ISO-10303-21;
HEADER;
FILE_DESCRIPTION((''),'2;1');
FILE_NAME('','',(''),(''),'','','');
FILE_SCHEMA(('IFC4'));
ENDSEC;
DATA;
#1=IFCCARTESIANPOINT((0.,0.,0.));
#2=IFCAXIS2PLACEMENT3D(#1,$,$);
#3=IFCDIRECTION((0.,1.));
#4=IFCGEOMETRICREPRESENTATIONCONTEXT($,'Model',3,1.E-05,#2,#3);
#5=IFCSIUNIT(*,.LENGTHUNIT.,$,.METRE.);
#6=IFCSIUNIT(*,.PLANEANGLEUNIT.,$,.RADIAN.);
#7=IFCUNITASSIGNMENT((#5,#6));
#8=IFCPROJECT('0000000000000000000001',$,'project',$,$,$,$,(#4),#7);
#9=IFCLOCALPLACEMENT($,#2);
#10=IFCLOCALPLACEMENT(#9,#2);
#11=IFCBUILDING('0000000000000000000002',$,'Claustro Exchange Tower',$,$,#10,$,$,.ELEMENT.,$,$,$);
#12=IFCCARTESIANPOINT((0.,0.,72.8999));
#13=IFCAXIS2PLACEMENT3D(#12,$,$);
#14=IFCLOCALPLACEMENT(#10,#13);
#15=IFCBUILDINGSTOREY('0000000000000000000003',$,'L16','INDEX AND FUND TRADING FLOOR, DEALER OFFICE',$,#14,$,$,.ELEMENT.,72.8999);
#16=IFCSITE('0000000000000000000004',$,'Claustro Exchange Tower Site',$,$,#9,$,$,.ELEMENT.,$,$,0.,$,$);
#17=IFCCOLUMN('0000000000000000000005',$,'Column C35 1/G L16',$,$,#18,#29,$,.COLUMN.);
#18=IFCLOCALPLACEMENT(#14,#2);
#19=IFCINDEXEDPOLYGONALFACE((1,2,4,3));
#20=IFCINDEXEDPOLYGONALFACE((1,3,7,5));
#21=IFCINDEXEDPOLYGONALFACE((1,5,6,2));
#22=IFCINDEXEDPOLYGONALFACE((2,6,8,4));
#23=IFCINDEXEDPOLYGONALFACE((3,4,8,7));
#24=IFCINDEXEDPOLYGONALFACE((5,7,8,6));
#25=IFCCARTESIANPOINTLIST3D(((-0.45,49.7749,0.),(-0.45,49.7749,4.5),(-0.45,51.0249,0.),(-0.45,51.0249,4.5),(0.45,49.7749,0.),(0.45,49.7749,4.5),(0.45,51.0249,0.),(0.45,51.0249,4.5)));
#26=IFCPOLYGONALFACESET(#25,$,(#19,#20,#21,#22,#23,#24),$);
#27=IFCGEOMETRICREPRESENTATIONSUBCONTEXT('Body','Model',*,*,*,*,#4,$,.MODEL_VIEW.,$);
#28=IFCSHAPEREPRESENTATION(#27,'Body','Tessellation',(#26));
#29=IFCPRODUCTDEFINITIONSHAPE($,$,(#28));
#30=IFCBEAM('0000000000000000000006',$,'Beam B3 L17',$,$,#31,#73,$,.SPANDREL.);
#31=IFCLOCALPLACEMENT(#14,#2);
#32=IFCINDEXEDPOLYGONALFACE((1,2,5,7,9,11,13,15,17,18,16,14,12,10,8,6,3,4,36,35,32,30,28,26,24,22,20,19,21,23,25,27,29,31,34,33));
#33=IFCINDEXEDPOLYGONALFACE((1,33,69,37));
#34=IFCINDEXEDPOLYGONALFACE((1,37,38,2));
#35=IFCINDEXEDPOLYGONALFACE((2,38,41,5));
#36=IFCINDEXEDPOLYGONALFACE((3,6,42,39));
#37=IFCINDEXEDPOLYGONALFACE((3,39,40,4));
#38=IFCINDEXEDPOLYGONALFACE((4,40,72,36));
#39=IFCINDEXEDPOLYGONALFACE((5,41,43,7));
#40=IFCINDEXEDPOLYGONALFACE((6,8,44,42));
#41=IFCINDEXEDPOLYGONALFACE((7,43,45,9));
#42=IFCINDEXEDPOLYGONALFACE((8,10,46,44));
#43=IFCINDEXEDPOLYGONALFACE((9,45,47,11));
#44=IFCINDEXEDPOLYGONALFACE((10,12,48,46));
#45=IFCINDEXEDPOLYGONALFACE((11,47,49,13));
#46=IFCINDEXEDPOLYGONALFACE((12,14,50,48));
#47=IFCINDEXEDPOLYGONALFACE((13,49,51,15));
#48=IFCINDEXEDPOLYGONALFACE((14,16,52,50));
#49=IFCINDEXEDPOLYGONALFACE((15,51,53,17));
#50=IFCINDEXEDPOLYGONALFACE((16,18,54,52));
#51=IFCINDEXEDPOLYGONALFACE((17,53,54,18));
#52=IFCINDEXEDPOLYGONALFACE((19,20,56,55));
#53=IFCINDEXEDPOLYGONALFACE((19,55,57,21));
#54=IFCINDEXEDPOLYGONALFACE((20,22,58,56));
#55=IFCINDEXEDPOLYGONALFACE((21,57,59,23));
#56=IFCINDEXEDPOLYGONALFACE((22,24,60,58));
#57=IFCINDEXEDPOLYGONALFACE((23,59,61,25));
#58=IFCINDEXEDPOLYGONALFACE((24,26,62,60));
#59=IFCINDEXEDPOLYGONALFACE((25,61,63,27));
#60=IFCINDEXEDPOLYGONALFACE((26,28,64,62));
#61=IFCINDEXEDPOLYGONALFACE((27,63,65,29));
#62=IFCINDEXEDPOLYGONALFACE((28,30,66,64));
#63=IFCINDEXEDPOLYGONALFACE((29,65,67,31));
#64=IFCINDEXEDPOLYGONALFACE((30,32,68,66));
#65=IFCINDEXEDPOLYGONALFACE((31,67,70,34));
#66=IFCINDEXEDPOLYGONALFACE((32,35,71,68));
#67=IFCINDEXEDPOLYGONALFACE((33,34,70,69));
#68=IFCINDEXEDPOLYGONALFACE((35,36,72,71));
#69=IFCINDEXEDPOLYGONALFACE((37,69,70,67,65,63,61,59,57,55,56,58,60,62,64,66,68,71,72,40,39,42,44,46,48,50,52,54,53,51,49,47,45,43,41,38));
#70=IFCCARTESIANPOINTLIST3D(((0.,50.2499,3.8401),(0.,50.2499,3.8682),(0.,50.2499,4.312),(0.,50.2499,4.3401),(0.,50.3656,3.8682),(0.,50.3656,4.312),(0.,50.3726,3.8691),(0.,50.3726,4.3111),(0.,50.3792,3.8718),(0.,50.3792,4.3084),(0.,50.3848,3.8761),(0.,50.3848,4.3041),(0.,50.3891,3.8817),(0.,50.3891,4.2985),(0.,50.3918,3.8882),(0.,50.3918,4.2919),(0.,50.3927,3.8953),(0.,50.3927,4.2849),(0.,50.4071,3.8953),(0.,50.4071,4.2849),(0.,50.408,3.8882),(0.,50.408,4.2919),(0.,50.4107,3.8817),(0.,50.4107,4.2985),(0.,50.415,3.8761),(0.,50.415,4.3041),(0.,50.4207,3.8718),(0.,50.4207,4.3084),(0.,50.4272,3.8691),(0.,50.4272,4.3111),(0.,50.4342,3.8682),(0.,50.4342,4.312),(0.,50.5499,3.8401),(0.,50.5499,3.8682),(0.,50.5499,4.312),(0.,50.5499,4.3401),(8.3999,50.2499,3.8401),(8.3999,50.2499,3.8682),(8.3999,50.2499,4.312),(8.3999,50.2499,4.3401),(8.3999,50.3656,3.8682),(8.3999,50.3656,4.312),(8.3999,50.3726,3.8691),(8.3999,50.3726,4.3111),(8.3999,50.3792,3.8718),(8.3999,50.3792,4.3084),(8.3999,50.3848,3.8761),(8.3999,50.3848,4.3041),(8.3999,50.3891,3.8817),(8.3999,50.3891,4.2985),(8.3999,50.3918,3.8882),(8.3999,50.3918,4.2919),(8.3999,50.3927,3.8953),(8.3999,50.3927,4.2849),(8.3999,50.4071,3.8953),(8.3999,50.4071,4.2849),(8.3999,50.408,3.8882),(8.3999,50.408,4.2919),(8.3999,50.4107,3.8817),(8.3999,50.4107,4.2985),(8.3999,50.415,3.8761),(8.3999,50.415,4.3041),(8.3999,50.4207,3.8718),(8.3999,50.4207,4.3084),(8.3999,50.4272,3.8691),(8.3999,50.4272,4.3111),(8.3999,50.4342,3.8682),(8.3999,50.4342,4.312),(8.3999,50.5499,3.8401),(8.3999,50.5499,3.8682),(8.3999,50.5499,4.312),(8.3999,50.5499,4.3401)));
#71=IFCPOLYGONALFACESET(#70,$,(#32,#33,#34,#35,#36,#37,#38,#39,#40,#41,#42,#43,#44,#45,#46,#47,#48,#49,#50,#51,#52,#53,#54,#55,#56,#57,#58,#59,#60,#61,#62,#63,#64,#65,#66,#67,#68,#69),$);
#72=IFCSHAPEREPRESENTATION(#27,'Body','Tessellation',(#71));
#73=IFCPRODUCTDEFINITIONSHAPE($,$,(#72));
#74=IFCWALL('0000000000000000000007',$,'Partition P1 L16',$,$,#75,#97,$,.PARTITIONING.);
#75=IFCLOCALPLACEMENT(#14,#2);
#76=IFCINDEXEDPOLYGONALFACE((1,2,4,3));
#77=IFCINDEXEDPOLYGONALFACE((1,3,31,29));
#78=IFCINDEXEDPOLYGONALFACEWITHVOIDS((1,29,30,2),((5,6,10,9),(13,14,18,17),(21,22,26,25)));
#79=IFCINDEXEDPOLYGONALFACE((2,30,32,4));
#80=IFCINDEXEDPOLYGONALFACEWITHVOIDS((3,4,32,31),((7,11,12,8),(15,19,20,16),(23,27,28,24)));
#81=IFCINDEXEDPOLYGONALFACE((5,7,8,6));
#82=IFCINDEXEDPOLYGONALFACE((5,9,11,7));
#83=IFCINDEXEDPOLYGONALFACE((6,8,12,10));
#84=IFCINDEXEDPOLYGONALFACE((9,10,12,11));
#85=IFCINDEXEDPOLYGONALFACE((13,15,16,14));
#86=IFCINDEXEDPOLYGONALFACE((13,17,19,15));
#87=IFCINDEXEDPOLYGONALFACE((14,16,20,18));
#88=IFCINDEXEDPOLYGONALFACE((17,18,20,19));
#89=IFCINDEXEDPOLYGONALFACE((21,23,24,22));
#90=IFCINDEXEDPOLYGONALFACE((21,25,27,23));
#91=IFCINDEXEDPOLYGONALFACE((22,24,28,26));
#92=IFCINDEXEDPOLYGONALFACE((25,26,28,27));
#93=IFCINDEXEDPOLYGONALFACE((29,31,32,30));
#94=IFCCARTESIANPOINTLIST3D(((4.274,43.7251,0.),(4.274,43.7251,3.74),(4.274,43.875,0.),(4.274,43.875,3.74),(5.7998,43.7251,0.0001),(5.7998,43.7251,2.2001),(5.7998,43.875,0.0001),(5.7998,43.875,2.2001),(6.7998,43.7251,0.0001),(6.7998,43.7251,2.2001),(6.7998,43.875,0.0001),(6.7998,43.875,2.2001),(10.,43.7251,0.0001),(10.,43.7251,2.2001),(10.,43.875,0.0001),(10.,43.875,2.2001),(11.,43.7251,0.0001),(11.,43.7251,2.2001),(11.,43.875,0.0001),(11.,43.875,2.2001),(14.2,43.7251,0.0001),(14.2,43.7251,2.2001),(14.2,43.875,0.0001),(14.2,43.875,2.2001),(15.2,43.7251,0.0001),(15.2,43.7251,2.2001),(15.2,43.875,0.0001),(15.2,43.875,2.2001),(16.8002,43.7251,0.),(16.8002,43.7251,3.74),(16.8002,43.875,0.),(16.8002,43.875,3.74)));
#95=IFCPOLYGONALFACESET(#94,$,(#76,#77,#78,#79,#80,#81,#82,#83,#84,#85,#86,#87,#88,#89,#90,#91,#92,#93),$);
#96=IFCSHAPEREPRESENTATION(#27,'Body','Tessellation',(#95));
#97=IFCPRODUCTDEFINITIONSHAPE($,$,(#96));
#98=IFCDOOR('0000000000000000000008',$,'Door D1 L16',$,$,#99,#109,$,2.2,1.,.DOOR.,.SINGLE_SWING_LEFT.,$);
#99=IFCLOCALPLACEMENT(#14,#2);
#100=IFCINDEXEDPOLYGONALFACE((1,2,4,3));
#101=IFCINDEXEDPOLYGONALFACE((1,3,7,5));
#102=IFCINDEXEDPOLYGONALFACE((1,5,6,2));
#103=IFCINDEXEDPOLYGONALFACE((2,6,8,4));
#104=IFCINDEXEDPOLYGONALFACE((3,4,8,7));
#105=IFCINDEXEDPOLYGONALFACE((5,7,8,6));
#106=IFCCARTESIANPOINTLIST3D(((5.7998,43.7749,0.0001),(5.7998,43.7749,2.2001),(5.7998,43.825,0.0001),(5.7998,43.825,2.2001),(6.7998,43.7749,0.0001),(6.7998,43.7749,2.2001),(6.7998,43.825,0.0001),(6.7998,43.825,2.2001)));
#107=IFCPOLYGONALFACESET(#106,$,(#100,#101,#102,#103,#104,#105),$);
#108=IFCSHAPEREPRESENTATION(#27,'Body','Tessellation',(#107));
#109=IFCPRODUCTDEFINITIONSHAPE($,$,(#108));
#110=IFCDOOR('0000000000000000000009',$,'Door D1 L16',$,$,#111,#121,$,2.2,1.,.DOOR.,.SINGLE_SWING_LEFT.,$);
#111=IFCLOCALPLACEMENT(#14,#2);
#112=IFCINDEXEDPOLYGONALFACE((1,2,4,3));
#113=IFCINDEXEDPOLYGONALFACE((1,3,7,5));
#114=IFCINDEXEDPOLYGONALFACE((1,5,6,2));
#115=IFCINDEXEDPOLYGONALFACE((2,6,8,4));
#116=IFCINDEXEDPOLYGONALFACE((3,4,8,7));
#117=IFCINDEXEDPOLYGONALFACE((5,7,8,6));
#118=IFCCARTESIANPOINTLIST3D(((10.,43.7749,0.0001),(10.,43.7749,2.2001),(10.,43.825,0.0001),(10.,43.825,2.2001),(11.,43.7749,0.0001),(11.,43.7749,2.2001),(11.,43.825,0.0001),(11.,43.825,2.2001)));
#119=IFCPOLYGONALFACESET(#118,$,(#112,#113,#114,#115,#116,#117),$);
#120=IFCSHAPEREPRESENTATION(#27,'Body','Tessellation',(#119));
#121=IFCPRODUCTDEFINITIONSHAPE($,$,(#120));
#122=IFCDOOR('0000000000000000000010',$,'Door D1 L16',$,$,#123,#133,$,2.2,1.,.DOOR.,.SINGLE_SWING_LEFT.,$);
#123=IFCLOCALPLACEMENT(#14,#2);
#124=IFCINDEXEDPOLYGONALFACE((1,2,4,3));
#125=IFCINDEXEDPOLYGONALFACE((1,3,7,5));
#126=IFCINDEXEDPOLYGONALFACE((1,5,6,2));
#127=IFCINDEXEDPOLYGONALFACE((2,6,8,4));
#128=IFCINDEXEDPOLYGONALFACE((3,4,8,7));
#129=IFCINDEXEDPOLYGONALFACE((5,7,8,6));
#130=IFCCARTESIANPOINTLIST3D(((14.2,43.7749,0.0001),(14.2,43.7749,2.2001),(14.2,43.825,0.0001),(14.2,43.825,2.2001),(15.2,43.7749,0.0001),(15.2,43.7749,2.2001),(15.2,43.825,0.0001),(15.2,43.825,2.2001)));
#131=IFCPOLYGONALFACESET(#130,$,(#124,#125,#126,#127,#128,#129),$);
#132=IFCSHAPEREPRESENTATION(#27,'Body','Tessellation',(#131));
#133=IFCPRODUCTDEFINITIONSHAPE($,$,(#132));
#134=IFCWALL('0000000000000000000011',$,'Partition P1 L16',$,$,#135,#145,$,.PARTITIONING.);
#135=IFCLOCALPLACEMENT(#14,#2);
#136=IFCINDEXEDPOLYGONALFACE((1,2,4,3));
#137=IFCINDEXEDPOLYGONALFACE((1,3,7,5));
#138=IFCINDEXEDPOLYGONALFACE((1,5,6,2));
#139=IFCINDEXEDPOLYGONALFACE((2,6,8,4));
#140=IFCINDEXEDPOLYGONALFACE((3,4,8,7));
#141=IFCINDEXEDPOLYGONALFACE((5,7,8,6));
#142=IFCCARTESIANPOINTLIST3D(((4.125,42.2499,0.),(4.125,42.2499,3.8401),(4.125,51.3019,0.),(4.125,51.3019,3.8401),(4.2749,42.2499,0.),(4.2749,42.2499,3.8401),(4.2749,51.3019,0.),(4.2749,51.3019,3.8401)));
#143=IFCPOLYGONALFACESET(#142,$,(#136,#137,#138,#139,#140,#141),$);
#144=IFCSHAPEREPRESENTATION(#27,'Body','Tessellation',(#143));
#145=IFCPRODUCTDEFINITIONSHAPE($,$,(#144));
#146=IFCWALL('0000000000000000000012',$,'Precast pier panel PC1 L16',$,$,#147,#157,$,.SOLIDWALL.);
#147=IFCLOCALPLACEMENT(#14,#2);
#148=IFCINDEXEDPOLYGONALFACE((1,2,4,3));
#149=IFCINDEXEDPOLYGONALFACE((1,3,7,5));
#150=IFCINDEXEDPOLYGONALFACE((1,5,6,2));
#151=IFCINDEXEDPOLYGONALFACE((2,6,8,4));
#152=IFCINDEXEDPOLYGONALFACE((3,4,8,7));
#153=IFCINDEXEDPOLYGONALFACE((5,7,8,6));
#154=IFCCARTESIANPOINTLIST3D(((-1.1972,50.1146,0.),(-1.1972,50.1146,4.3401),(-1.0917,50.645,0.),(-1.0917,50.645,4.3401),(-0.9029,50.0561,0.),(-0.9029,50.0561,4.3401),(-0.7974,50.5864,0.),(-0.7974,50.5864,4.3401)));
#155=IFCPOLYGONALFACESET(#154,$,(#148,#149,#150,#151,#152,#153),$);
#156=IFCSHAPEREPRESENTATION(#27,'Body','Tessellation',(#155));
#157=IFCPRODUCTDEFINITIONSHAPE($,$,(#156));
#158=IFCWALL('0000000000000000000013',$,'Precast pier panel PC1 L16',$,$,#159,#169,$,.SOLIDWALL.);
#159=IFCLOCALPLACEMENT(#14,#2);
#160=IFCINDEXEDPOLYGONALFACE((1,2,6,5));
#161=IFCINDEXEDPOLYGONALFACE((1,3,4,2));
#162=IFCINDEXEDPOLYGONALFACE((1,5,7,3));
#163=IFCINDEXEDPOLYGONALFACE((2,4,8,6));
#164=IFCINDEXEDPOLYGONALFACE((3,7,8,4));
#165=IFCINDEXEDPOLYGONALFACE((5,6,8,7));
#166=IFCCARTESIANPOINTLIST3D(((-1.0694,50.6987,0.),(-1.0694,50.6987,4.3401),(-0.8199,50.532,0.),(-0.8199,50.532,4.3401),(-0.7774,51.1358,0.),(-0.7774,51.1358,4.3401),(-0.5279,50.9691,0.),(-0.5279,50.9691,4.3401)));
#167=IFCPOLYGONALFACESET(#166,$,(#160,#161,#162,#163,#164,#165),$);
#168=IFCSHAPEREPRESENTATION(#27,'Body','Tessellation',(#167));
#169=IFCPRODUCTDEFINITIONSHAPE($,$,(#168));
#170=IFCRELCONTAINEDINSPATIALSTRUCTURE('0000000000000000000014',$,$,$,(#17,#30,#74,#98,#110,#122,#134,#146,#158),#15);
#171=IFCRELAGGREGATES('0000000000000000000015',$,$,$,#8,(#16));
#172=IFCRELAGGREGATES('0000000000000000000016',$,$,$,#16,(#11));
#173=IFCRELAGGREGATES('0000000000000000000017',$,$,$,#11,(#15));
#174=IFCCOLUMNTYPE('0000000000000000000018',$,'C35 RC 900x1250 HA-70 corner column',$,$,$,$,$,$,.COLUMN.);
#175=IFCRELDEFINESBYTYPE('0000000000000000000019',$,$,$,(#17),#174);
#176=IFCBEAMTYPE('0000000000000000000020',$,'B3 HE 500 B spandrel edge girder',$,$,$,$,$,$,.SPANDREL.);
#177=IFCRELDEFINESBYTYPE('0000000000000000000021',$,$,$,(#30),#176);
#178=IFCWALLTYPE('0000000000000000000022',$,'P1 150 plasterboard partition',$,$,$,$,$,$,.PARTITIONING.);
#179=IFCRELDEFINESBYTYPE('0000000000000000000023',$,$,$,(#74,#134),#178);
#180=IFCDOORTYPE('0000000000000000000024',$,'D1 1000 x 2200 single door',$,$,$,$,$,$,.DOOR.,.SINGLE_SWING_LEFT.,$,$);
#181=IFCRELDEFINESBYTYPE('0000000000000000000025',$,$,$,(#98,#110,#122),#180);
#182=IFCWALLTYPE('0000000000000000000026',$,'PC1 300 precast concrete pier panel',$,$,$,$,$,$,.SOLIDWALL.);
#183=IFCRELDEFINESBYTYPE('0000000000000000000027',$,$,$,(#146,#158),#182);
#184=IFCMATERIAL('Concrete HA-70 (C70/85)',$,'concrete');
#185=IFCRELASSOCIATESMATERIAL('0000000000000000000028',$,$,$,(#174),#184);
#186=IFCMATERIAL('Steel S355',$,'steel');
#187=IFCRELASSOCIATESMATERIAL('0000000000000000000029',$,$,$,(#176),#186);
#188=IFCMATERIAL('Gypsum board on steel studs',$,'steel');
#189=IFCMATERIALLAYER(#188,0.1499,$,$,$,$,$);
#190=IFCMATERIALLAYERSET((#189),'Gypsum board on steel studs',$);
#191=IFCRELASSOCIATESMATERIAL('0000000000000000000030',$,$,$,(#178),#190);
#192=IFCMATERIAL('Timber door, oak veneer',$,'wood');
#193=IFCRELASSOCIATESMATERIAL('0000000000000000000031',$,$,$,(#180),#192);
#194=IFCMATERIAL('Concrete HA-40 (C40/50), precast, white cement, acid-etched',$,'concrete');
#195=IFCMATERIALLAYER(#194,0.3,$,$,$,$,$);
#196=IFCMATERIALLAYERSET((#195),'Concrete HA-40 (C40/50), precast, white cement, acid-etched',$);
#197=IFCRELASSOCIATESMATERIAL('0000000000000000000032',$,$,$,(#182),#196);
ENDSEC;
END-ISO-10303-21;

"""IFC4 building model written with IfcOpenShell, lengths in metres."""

from ifc_helpers import new_model, si_unit, direction, frame, frame_2d, origin, origin_2d, place, context, subcontext, project, spatial, rectangle, i_section, extrude, material, layer, layer_set, material_profile, profile_set, type_object, element, fill, save


model = new_model("IFC4")

# Units and contexts
model_context = context("Model", 3, precision=1e-05, world=origin(), true_north=direction((0.0, 1.0)))
body_context = subcontext(model_context, "Body", "Model", "MODEL_VIEW")
ifc_project = project(units=[si_unit("LENGTHUNIT", "METRE"), si_unit("PLANEANGLEUNIT", "RADIAN")], contexts=[model_context])

# Site, building, storey
site_placement = place(None, origin())
site = spatial("IfcSite", under=ifc_project, at=site_placement, Name="Claustro Exchange Tower Site", CompositionType="ELEMENT", RefElevation=0.0)
building_placement = place(site_placement, origin())
building = spatial("IfcBuilding", under=site, at=building_placement, Name="Claustro Exchange Tower", CompositionType="ELEMENT")
storey_placement = place(building_placement, frame((0.0, 0.0, 72.8999)))
storey = spatial("IfcBuildingStorey", under=building, at=storey_placement, Name="L16", Description="INDEX AND FUND TRADING FLOOR, DEALER OFFICE", CompositionType="ELEMENT", Elevation=72.8999)

# Column
ifc_material_1 = material(Name="Concrete HA-70 (C70/85)", Category="concrete")
ifc_material_profile_1 = material_profile(ifc_material_1, rectangle(XDim=0.8999, YDim=1.25, at=origin_2d()), Name="RC 900x1250")
ifc_profile_set_1 = profile_set([ifc_material_profile_1], Name="Concrete HA-70 (C70/85)")
column_type = type_object("IfcColumnType", Name="C35 RC 900x1250 HA-70 corner column", PredefinedType="COLUMN", material=ifc_profile_set_1)
column_placement = place(storey_placement, frame((0.0, 50.3999, 0.0), z_axis=(0.0, 0.0, 1.0), x_axis=(1.0, 0.0, 0.0)))
element("IfcColumn", 1, at=column_placement, inside=storey, type_object=column_type, Name="Column C35 1/G L16", PredefinedType="COLUMN", context=body_context, shape_type="SweptSolid", body=[
    extrude(rectangle(XDim=0.8999, YDim=1.25, at=origin_2d()), origin(), (0.0, 0.0, 1.0), 4.5),
])

# Beam
ifc_material_2 = material(Name="Steel S355", Category="steel")
ifc_material_profile_2 = material_profile(ifc_material_2, i_section(OverallWidth=0.3, OverallDepth=0.5, WebThickness=0.0144, FlangeThickness=0.0281, FilletRadius=0.0271, at=origin_2d()), Name="HE 500 B")
ifc_profile_set_2 = profile_set([ifc_material_profile_2], Name="Steel S355")
beam_type = type_object("IfcBeamType", Name="B3 HE 500 B spandrel edge girder", PredefinedType="SPANDREL", material=ifc_profile_set_2)
beam_placement = place(storey_placement, frame((0.0, 50.3999, 4.0901), z_axis=(1.0, 0.0, 0.0), x_axis=(0.0, 1.0, 0.0)))
element("IfcBeam", 2, at=beam_placement, inside=storey, type_object=beam_type, Name="Beam B3 L17", PredefinedType="SPANDREL", context=body_context, shape_type="SweptSolid", body=[
    extrude(i_section(OverallWidth=0.3, OverallDepth=0.5, WebThickness=0.0144, FlangeThickness=0.0281, FilletRadius=0.0271, at=origin_2d()), origin(), (0.0, 0.0, 1.0), 8.3999),
])

# Wall, openings, doors
ifc_material_3 = material(Name="Gypsum board on steel studs", Category="steel")
ifc_layer_1 = layer(ifc_material_3, 0.1499)
ifc_layer_set_1 = layer_set([ifc_layer_1], Name="Gypsum board on steel studs")
wall_type_1 = type_object("IfcWallType", Name="P1 150 plasterboard partition", PredefinedType="PARTITIONING", material=ifc_layer_set_1)
wall_1_placement = place(storey_placement, frame((4.2739, 43.8, 0.0), z_axis=(0.0, 0.0, 1.0), x_axis=(1.0, 0.0, 0.0)))
wall_1 = element("IfcWall", 3, at=wall_1_placement, inside=storey, type_object=wall_type_1, Name="Partition P1 L16", PredefinedType="PARTITIONING", context=body_context, shape_type="SweptSolid", body=[
    extrude(rectangle(XDim=12.5261, YDim=0.1499, at=frame_2d((6.2632, 0.0))), origin(), (0.0, 0.0, 1.0), 3.74),
])
opening_1_placement = place(wall_1_placement, frame((1.5259, 0.0, 0.0)))
opening_1 = element("IfcOpeningElement", 4, at=opening_1_placement, cuts=wall_1, PredefinedType="OPENING", context=body_context, shape_type="SweptSolid", body=[
    extrude(rectangle(XDim=1.0, YDim=2.2, at=frame_2d((0.5, 1.1001))), frame((0.0, 0.085, 0.0), z_axis=(0.0, -1.0, 0.0), x_axis=(1.0, 0.0, 0.0)), (0.0, 0.0, 1.0), 0.1699),
])
opening_2_placement = place(wall_1_placement, frame((5.7261, 0.0, 0.0)))
opening_2 = element("IfcOpeningElement", 5, at=opening_2_placement, cuts=wall_1, PredefinedType="OPENING", context=body_context, shape_type="SweptSolid", body=[
    extrude(rectangle(XDim=1.0, YDim=2.2, at=frame_2d((0.5, 1.1001))), frame((0.0, 0.085, 0.0), z_axis=(0.0, -1.0, 0.0), x_axis=(1.0, 0.0, 0.0)), (0.0, 0.0, 1.0), 0.1699),
])
opening_3_placement = place(wall_1_placement, frame((9.926, 0.0, 0.0)))
opening_3 = element("IfcOpeningElement", 6, at=opening_3_placement, cuts=wall_1, PredefinedType="OPENING", context=body_context, shape_type="SweptSolid", body=[
    extrude(rectangle(XDim=1.0, YDim=2.2, at=frame_2d((0.5, 1.1001))), frame((0.0, 0.085, 0.0), z_axis=(0.0, -1.0, 0.0), x_axis=(1.0, 0.0, 0.0)), (0.0, 0.0, 1.0), 0.1699),
])
ifc_material_4 = material(Name="Timber door, oak veneer", Category="wood")
door_type = type_object("IfcDoorType", Name="D1 1000 x 2200 single door", OperationType="SINGLE_SWING_LEFT", PredefinedType="DOOR", material=ifc_material_4)
door_1_placement = place(opening_1_placement, origin())
door_1 = element("IfcDoor", 7, at=door_1_placement, inside=storey, type_object=door_type, Name="Door D1 L16", OperationType="SINGLE_SWING_LEFT", OverallHeight=2.2, OverallWidth=1.0, PredefinedType="DOOR", context=body_context, shape_type="SweptSolid", body=[
    extrude(rectangle(XDim=1.0, YDim=2.2, at=frame_2d((0.5, 1.1001))), frame((0.0, 0.0249, 0.0), z_axis=(0.0, -1.0, 0.0), x_axis=(1.0, 0.0, 0.0)), (0.0, 0.0, 1.0), 0.05),
])
fill(opening_1, door_1)
door_2_placement = place(opening_2_placement, origin())
door_2 = element("IfcDoor", 8, at=door_2_placement, inside=storey, type_object=door_type, Name="Door D1 L16", OperationType="SINGLE_SWING_LEFT", OverallHeight=2.2, OverallWidth=1.0, PredefinedType="DOOR", context=body_context, shape_type="SweptSolid", body=[
    extrude(rectangle(XDim=1.0, YDim=2.2, at=frame_2d((0.5, 1.1001))), frame((0.0, 0.0249, 0.0), z_axis=(0.0, -1.0, 0.0), x_axis=(1.0, 0.0, 0.0)), (0.0, 0.0, 1.0), 0.05),
])
fill(opening_2, door_2)
door_3_placement = place(opening_3_placement, origin())
door_3 = element("IfcDoor", 9, at=door_3_placement, inside=storey, type_object=door_type, Name="Door D1 L16", OperationType="SINGLE_SWING_LEFT", OverallHeight=2.2, OverallWidth=1.0, PredefinedType="DOOR", context=body_context, shape_type="SweptSolid", body=[
    extrude(rectangle(XDim=1.0, YDim=2.2, at=frame_2d((0.5, 1.1001))), frame((0.0, 0.0249, 0.0), z_axis=(0.0, -1.0, 0.0), x_axis=(1.0, 0.0, 0.0)), (0.0, 0.0, 1.0), 0.05),
])
fill(opening_3, door_3)

# Walls
wall_2_placement = place(storey_placement, frame((4.2, 42.25, 0.0), z_axis=(0.0, 0.0, 1.0), x_axis=(0.0, 1.0, 0.0)))
element("IfcWall", 10, at=wall_2_placement, inside=storey, type_object=wall_type_1, Name="Partition P1 L16", PredefinedType="PARTITIONING", context=body_context, shape_type="SweptSolid", body=[
    extrude(rectangle(XDim=9.052, YDim=0.1499, at=frame_2d((4.5259, 0.0))), origin(), (0.0, 0.0, 1.0), 3.8401),
])
ifc_material_5 = material(Name="Concrete HA-40 (C40/50), precast, white cement, acid-etched", Category="concrete")
ifc_layer_2 = layer(ifc_material_5, 0.3)
ifc_layer_set_2 = layer_set([ifc_layer_2], Name="Concrete HA-40 (C40/50), precast, white cement, acid-etched")
wall_type_2 = type_object("IfcWallType", Name="PC1 300 precast concrete pier panel", PredefinedType="SOLIDWALL", material=ifc_layer_set_2)
wall_3_placement = place(storey_placement, frame((-1.05, 50.0852, 0.0), z_axis=(0.0, 0.0, 1.0), x_axis=(0.195074, 0.980789, 0.0)))
element("IfcWall", 11, at=wall_3_placement, inside=storey, type_object=wall_type_2, Name="Precast pier panel PC1 L16", PredefinedType="SOLIDWALL", context=body_context, shape_type="SweptSolid", body=[
    extrude(rectangle(XDim=0.5408, YDim=0.3, at=frame_2d((0.2705, 0.0))), origin(), (0.0, 0.0, 1.0), 4.3401),
])
for number, where, z_axis, x_axis, name in (
    (12, (-0.9446, 50.6155, 0.0), (0.0, 0.0, 1.0), (0.555557, 0.831478, 0.0), "Precast pier panel PC1 L16"),
):
    element("IfcWall", number, at=place(storey_placement, frame(where, z_axis=z_axis, x_axis=x_axis)), inside=storey, type_object=wall_type_2, Name=name, PredefinedType="SOLIDWALL", context=body_context, shape_type="SweptSolid", body=[
        extrude(rectangle(XDim=0.5256, YDim=0.3, at=frame_2d((0.2627, 0.0))), origin(), (0.0, 0.0, 1.0), 4.3401),
    ])

save(model, "model.ifc")
